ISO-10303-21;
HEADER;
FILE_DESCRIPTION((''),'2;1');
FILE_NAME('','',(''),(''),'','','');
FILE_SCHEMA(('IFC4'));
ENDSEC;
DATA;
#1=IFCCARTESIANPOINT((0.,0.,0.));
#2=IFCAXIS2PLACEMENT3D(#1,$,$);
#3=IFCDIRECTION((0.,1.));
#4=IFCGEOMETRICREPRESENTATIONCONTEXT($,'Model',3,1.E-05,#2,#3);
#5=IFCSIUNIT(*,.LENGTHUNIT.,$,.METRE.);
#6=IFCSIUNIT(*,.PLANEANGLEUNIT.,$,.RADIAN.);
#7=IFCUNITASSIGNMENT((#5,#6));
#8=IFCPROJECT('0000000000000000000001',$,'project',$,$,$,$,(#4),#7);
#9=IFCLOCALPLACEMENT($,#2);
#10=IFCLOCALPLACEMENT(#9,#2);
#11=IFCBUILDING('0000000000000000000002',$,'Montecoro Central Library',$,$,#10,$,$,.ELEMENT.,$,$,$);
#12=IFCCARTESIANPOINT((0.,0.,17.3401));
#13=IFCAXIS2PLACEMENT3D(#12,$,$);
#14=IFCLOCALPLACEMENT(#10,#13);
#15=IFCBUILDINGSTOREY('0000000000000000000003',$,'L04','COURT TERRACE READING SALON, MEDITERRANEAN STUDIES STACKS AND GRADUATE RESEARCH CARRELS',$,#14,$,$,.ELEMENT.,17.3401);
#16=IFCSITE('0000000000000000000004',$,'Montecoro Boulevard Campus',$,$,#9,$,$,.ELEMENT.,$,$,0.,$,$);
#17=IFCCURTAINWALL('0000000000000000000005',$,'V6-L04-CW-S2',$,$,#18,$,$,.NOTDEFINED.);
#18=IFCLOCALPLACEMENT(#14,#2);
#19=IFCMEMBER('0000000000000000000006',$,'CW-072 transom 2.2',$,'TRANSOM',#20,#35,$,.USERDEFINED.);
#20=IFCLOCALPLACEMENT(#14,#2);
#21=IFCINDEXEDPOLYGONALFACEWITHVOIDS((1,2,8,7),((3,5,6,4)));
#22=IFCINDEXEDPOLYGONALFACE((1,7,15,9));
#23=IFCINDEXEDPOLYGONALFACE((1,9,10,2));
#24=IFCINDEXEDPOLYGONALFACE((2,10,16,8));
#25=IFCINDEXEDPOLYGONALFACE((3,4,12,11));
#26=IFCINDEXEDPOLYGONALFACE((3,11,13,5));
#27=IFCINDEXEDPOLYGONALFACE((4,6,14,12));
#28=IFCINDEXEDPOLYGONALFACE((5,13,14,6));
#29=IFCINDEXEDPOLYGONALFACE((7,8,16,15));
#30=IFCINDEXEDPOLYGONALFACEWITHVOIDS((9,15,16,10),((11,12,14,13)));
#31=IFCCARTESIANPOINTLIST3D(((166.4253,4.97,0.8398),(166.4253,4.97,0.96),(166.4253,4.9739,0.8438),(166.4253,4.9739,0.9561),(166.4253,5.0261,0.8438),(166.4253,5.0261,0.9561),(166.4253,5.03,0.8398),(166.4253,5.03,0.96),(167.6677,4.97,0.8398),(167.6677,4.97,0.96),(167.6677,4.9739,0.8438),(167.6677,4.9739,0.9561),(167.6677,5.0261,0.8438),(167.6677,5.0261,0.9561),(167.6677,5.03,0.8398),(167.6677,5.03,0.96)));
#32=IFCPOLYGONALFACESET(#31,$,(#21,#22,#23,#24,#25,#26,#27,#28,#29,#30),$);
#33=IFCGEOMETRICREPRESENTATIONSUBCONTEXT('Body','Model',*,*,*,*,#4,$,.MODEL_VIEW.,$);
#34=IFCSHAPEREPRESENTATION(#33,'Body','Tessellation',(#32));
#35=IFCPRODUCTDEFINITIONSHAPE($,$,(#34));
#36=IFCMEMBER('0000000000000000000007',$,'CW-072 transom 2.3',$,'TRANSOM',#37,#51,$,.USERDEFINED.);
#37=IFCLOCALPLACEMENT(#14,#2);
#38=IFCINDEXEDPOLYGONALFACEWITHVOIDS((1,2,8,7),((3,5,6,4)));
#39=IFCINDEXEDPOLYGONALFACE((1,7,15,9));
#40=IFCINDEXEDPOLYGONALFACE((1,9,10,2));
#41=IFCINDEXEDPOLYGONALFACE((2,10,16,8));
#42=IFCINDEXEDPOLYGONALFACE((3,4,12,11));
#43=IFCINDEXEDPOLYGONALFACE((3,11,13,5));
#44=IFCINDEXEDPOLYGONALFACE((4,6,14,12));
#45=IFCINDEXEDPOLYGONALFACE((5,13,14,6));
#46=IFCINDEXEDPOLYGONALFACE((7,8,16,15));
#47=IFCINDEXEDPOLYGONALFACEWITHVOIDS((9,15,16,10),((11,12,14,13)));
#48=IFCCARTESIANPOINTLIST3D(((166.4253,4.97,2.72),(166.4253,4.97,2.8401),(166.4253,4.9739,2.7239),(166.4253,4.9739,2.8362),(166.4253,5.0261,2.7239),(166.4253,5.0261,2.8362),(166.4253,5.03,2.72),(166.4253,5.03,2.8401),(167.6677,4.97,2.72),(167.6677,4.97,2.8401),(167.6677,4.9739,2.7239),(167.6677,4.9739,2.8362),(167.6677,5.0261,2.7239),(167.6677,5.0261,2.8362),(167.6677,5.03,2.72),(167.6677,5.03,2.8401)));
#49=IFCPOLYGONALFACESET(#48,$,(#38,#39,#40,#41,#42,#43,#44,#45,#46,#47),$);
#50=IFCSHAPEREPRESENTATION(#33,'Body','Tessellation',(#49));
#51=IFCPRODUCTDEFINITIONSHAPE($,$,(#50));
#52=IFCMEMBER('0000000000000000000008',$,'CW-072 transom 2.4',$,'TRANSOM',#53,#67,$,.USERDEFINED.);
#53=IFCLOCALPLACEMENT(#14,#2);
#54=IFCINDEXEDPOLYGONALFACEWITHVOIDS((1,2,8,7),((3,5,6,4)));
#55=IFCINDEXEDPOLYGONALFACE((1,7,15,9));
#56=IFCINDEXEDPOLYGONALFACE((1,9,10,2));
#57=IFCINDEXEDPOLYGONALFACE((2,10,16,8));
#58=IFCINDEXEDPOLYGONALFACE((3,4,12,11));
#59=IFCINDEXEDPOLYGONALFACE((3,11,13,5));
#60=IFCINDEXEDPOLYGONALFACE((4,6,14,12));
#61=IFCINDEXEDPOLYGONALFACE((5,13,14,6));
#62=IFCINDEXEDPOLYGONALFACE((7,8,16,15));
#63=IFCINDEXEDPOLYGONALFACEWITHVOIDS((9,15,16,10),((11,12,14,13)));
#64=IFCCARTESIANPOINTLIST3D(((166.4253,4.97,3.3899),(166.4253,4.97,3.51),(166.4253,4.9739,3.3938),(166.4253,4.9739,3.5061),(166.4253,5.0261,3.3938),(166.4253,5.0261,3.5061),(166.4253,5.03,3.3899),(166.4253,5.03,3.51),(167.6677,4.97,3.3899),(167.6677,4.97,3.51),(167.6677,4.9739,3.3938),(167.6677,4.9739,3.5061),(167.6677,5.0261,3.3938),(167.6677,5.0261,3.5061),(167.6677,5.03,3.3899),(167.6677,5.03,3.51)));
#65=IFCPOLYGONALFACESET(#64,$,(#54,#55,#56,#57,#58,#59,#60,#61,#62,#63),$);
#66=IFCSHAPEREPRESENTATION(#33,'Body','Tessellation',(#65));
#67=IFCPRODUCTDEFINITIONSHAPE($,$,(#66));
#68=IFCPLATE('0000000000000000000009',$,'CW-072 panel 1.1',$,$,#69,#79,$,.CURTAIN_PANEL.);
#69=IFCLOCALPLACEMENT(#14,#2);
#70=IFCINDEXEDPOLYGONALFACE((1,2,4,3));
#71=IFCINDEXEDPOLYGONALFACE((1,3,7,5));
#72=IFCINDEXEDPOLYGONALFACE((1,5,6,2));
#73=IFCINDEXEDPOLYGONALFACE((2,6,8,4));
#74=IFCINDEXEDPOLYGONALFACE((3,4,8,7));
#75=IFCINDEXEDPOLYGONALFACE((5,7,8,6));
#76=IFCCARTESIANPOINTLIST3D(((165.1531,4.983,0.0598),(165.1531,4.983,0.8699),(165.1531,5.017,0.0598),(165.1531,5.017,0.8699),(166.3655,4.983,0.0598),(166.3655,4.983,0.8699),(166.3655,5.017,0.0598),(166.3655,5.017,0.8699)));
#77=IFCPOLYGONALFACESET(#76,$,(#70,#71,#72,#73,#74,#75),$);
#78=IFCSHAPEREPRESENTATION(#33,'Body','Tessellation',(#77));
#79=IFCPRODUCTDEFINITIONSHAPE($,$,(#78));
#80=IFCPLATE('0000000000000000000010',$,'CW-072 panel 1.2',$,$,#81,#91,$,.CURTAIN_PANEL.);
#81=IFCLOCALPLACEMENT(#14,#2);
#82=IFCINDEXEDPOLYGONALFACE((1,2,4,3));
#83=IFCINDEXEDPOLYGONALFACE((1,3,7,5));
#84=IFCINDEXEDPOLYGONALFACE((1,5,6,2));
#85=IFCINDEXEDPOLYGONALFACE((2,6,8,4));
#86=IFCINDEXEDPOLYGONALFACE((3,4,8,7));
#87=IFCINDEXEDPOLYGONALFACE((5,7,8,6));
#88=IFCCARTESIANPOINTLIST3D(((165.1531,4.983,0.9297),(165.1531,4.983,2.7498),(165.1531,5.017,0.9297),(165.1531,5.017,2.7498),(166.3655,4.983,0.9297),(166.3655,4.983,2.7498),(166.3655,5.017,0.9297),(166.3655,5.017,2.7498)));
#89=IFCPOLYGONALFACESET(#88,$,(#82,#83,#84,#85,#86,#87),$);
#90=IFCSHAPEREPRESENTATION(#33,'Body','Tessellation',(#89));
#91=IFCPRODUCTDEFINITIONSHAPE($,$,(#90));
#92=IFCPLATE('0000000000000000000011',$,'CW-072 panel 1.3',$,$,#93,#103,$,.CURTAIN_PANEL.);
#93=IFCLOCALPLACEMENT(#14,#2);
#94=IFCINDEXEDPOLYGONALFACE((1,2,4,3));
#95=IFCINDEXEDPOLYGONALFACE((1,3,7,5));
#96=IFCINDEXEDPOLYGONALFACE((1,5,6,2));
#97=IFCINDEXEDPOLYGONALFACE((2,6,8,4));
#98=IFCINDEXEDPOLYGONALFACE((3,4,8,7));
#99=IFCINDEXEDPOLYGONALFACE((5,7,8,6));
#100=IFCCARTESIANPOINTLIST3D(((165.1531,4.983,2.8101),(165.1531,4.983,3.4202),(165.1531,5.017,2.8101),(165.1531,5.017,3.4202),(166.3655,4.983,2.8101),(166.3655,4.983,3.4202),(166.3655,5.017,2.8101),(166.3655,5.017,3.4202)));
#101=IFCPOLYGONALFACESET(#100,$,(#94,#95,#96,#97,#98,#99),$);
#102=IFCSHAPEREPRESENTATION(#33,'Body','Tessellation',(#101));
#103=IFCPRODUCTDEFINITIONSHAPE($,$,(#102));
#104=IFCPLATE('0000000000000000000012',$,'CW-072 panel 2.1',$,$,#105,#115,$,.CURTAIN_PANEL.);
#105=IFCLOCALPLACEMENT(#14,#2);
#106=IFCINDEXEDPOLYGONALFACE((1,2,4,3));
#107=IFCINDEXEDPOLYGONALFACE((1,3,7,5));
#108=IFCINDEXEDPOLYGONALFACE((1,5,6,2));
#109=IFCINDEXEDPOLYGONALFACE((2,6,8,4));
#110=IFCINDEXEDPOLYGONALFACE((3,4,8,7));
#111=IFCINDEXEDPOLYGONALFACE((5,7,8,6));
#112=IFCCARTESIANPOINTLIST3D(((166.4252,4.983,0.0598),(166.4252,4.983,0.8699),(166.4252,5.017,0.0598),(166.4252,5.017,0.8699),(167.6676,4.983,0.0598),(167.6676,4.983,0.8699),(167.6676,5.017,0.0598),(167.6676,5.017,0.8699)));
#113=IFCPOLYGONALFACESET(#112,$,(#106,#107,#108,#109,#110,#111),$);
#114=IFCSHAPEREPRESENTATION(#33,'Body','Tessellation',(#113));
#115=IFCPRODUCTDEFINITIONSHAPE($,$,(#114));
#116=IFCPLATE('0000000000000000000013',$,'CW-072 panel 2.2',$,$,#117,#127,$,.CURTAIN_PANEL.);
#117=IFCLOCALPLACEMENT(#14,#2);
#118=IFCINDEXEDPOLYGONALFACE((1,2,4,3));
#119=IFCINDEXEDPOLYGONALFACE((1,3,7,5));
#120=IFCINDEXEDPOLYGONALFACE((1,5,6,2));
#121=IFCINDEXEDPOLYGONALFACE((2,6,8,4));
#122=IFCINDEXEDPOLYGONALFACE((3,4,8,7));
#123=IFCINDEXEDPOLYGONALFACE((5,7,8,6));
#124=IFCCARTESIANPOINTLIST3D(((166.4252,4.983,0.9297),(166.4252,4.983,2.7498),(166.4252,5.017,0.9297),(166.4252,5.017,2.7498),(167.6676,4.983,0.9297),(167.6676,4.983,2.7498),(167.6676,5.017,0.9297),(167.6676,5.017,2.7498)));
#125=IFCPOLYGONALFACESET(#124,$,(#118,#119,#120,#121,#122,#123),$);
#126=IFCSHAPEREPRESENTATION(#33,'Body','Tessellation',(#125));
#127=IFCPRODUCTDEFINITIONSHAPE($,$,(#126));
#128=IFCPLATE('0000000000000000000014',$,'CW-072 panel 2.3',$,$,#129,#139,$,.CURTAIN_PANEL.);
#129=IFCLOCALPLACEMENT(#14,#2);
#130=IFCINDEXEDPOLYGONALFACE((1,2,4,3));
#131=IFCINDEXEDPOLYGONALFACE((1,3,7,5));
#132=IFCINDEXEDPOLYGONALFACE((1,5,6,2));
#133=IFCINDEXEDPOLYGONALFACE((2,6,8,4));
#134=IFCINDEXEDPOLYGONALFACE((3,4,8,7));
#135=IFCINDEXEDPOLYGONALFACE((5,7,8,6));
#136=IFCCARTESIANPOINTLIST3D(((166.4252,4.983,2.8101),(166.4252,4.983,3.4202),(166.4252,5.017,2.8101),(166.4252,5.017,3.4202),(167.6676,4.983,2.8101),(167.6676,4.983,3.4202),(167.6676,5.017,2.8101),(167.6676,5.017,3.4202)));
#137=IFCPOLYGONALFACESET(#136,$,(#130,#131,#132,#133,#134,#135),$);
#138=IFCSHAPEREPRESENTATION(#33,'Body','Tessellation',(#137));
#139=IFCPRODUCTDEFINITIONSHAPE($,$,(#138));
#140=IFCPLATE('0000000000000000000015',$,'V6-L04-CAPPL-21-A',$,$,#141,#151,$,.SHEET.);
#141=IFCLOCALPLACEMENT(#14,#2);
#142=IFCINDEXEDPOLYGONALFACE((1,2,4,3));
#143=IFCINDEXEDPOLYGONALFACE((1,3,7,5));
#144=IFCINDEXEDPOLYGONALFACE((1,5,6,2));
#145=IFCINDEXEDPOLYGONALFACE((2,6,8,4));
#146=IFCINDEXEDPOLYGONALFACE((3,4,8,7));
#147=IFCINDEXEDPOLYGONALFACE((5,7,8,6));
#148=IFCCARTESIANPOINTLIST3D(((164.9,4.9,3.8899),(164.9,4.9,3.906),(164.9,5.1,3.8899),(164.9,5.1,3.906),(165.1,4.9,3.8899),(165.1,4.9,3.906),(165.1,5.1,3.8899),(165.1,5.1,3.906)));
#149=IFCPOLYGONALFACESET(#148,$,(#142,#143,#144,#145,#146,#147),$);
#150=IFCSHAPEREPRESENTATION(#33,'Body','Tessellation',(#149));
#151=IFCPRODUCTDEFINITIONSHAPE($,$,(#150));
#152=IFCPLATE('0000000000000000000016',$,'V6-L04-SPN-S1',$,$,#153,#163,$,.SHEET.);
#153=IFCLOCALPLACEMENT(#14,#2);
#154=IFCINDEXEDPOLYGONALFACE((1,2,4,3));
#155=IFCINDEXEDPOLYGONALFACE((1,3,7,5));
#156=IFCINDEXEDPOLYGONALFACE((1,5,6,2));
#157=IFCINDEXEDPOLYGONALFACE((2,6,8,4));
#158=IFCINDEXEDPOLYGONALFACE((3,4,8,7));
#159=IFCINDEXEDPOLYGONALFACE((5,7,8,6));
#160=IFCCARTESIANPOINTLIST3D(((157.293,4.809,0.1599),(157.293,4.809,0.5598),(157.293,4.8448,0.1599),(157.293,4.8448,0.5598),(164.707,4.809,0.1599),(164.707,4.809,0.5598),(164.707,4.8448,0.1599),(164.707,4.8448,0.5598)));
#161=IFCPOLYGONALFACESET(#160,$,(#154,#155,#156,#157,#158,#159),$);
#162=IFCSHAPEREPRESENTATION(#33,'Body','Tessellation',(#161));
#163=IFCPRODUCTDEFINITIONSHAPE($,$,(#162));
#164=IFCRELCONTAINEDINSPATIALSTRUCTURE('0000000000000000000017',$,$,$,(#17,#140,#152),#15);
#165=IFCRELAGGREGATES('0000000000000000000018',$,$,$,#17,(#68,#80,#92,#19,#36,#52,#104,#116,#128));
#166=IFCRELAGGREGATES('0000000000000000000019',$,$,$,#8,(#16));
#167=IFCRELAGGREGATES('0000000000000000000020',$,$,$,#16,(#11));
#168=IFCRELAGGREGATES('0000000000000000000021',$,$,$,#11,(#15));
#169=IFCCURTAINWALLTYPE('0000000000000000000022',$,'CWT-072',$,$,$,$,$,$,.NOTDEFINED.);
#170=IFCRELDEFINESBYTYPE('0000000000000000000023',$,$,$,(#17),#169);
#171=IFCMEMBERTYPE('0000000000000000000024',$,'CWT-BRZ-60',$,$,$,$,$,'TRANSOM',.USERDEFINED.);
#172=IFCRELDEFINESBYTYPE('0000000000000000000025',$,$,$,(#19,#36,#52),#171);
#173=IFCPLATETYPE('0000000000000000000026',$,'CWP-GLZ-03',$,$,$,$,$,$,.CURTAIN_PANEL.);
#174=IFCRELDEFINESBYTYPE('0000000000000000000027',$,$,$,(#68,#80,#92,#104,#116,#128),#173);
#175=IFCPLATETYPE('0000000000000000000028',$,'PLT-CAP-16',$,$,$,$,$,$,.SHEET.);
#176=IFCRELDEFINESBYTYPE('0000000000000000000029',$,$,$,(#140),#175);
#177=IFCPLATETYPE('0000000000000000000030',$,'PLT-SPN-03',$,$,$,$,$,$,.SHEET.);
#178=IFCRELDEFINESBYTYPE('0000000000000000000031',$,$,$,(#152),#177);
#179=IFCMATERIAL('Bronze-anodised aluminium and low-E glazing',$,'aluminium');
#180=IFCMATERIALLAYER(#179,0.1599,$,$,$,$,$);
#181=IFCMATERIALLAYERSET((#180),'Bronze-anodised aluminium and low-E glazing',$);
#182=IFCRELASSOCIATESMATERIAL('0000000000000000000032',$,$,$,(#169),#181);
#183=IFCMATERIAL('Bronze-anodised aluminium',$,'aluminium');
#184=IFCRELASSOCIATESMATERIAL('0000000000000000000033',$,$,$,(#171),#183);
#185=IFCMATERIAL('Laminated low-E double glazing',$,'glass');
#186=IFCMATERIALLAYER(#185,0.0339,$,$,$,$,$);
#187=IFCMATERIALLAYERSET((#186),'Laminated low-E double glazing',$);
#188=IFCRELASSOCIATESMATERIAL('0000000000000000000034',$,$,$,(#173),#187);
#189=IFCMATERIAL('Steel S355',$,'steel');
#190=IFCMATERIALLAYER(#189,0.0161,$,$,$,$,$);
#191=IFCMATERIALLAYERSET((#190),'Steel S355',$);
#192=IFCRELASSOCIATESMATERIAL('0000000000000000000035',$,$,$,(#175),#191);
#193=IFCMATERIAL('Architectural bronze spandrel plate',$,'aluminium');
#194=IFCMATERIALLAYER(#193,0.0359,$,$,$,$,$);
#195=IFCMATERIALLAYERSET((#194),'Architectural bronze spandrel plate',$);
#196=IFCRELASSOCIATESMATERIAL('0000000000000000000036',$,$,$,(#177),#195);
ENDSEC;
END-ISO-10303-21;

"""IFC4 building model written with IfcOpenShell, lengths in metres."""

from ifc_helpers import new_model, si_unit, direction, frame, origin, origin_2d, place, context, subcontext, project, spatial, rectangle, hollow_rectangle, extrude, material, layer, layer_set, material_profile, profile_set, type_object, element, aggregate, save


model = new_model("IFC4")

# Units and contexts
model_context = context("Model", 3, precision=1e-05, world=origin(), true_north=direction((0.0, 1.0)))
body_context = subcontext(model_context, "Body", "Model", "MODEL_VIEW")
ifc_project = project(units=[si_unit("LENGTHUNIT", "METRE"), si_unit("PLANEANGLEUNIT", "RADIAN")], contexts=[model_context])

# Site, building, storey
site_placement = place(None, origin())
site = spatial("IfcSite", under=ifc_project, at=site_placement, Name="Montecoro Boulevard Campus", CompositionType="ELEMENT", RefElevation=0.0)
building_placement = place(site_placement, origin())
building = spatial("IfcBuilding", under=site, at=building_placement, Name="Montecoro Central Library", CompositionType="ELEMENT")
storey_placement = place(building_placement, frame((0.0, 0.0, 17.3401)))
storey = spatial("IfcBuildingStorey", under=building, at=storey_placement, Name="L04", Description="COURT TERRACE READING SALON, MEDITERRANEAN STUDIES STACKS AND GRADUATE RESEARCH CARRELS", CompositionType="ELEMENT", Elevation=17.3401)

# Shared definitions
ifc_material_1 = material(Name="Steel S355", Category="steel")

# Curtain wall, members, plates
ifc_material_2 = material(Name="Bronze-anodised aluminium and low-E glazing", Category="aluminium")
ifc_layer_1 = layer(ifc_material_2, 0.1599)
ifc_layer_set_1 = layer_set([ifc_layer_1], Name="Bronze-anodised aluminium and low-E glazing")
curtain_wall_type = type_object("IfcCurtainWallType", Name="CWT-072", PredefinedType="NOTDEFINED", material=ifc_layer_set_1)
curtain_wall_placement = place(storey_placement, origin())
curtain_wall = element("IfcCurtainWall", 1, at=curtain_wall_placement, inside=storey, type_object=curtain_wall_type, Name="V6-L04-CW-S2", PredefinedType="NOTDEFINED")
ifc_material_3 = material(Name="Bronze-anodised aluminium", Category="aluminium")
ifc_material_profile_1 = material_profile(ifc_material_3, hollow_rectangle(XDim=0.0601, YDim=0.1201, WallThickness=0.0039, at=origin_2d()), Name="CWT 120x60x4.0")
ifc_profile_set_1 = profile_set([ifc_material_profile_1], Name="Bronze-anodised aluminium")
member_type_1 = type_object("IfcMemberType", Name="CWT-BRZ-60", ElementType="TRANSOM", PredefinedType="USERDEFINED", material=ifc_profile_set_1)
member_1_placement = place(storey_placement, frame((166.4253, 5.0, 0.8999), z_axis=(1.0, 0.0, 0.0), x_axis=(0.0, 1.0, 0.0)))
member_1 = element("IfcMember", 2, at=member_1_placement, type_object=member_type_1, Name="CW-072 transom 2.2", ObjectType="TRANSOM", PredefinedType="USERDEFINED", context=body_context, shape_type="SweptSolid", body=[
    extrude(hollow_rectangle(XDim=0.0601, YDim=0.1201, WallThickness=0.0039, at=origin_2d()), origin(), (0.0, 0.0, 1.0), 1.2424),
])
member_2_placement = place(storey_placement, frame((166.4253, 5.0, 2.78), z_axis=(1.0, 0.0, 0.0), x_axis=(0.0, 1.0, 0.0)))
member_2 = element("IfcMember", 3, at=member_2_placement, type_object=member_type_1, Name="CW-072 transom 2.3", ObjectType="TRANSOM", PredefinedType="USERDEFINED", context=body_context, shape_type="SweptSolid", body=[
    extrude(hollow_rectangle(XDim=0.0601, YDim=0.1201, WallThickness=0.0039, at=origin_2d()), origin(), (0.0, 0.0, 1.0), 1.2424),
])
member_3_placement = place(storey_placement, frame((166.4253, 5.0, 3.45), z_axis=(1.0, 0.0, 0.0), x_axis=(0.0, 1.0, 0.0)))
member_3 = element("IfcMember", 4, at=member_3_placement, type_object=member_type_1, Name="CW-072 transom 2.4", ObjectType="TRANSOM", PredefinedType="USERDEFINED", context=body_context, shape_type="SweptSolid", body=[
    extrude(hollow_rectangle(XDim=0.0601, YDim=0.1201, WallThickness=0.0039, at=origin_2d()), origin(), (0.0, 0.0, 1.0), 1.2424),
])
ifc_material_4 = material(Name="Laminated low-E double glazing", Category="glass")
ifc_layer_2 = layer(ifc_material_4, 0.0339)
ifc_layer_set_2 = layer_set([ifc_layer_2], Name="Laminated low-E double glazing")
plate_type_1 = type_object("IfcPlateType", Name="CWP-GLZ-03", PredefinedType="CURTAIN_PANEL", material=ifc_layer_set_2)
plate_1_placement = place(storey_placement, frame((165.7593, 5.0, 0.0598), z_axis=(0.0, 0.0, 1.0), x_axis=(1.0, 0.0, 0.0)))
plate_1 = element("IfcPlate", 5, at=plate_1_placement, type_object=plate_type_1, Name="CW-072 panel 1.1", PredefinedType="CURTAIN_PANEL", context=body_context, shape_type="SweptSolid", body=[
    extrude(rectangle(XDim=1.2124, YDim=0.0339, at=origin_2d()), origin(), (0.0, 0.0, 1.0), 0.8101),
])
plate_2_placement = place(storey_placement, frame((165.7593, 5.0, 0.9297), z_axis=(0.0, 0.0, 1.0), x_axis=(1.0, 0.0, 0.0)))
plate_2 = element("IfcPlate", 6, at=plate_2_placement, type_object=plate_type_1, Name="CW-072 panel 1.2", PredefinedType="CURTAIN_PANEL", context=body_context, shape_type="SweptSolid", body=[
    extrude(rectangle(XDim=1.2124, YDim=0.0339, at=origin_2d()), origin(), (0.0, 0.0, 1.0), 1.8201),
])
plate_3_placement = place(storey_placement, frame((165.7593, 5.0, 2.8101), z_axis=(0.0, 0.0, 1.0), x_axis=(1.0, 0.0, 0.0)))
plate_3 = element("IfcPlate", 7, at=plate_3_placement, type_object=plate_type_1, Name="CW-072 panel 1.3", PredefinedType="CURTAIN_PANEL", context=body_context, shape_type="SweptSolid", body=[
    extrude(rectangle(XDim=1.2124, YDim=0.0339, at=origin_2d()), origin(), (0.0, 0.0, 1.0), 0.6101),
])
plate_4_placement = place(storey_placement, frame((167.0464, 5.0, 0.0598), z_axis=(0.0, 0.0, 1.0), x_axis=(1.0, 0.0, 0.0)))
plate_4 = element("IfcPlate", 8, at=plate_4_placement, type_object=plate_type_1, Name="CW-072 panel 2.1", PredefinedType="CURTAIN_PANEL", context=body_context, shape_type="SweptSolid", body=[
    extrude(rectangle(XDim=1.2424, YDim=0.0339, at=origin_2d()), origin(), (0.0, 0.0, 1.0), 0.8101),
])
plate_5_placement = place(storey_placement, frame((167.0464, 5.0, 0.9297), z_axis=(0.0, 0.0, 1.0), x_axis=(1.0, 0.0, 0.0)))
plate_5 = element("IfcPlate", 9, at=plate_5_placement, type_object=plate_type_1, Name="CW-072 panel 2.2", PredefinedType="CURTAIN_PANEL", context=body_context, shape_type="SweptSolid", body=[
    extrude(rectangle(XDim=1.2424, YDim=0.0339, at=origin_2d()), origin(), (0.0, 0.0, 1.0), 1.8201),
])
plate_6_placement = place(storey_placement, frame((167.0464, 5.0, 2.8101), z_axis=(0.0, 0.0, 1.0), x_axis=(1.0, 0.0, 0.0)))
plate_6 = element("IfcPlate", 10, at=plate_6_placement, type_object=plate_type_1, Name="CW-072 panel 2.3", PredefinedType="CURTAIN_PANEL", context=body_context, shape_type="SweptSolid", body=[
    extrude(rectangle(XDim=1.2424, YDim=0.0339, at=origin_2d()), origin(), (0.0, 0.0, 1.0), 0.6101),
])
aggregate(curtain_wall, [plate_1, plate_2, plate_3, member_1, member_2, member_3, plate_4, plate_5, plate_6])

# Plates
ifc_layer_3 = layer(ifc_material_1, 0.0161)
ifc_layer_set_3 = layer_set([ifc_layer_3], Name="Steel S355")
plate_type_2 = type_object("IfcPlateType", Name="PLT-CAP-16", PredefinedType="SHEET", material=ifc_layer_set_3)
plate_7_placement = place(storey_placement, frame((165.0, 5.0, 3.8899), z_axis=(0.0, 0.0, 1.0), x_axis=(1.0, 0.0, 0.0)))
element("IfcPlate", 11, at=plate_7_placement, inside=storey, type_object=plate_type_2, Name="V6-L04-CAPPL-21-A", PredefinedType="SHEET", context=body_context, shape_type="SweptSolid", body=[
    extrude(rectangle(XDim=0.2, YDim=0.2, at=origin_2d()), origin(), (0.0, 0.0, 1.0), 0.0161),
])
ifc_material_5 = material(Name="Architectural bronze spandrel plate", Category="aluminium")
ifc_layer_4 = layer(ifc_material_5, 0.0359)
ifc_layer_set_4 = layer_set([ifc_layer_4], Name="Architectural bronze spandrel plate")
plate_type_3 = type_object("IfcPlateType", Name="PLT-SPN-03", PredefinedType="SHEET", material=ifc_layer_set_4)
plate_8_placement = place(storey_placement, frame((161.0, 4.8269, 0.1599), z_axis=(0.0, 0.0, 1.0), x_axis=(1.0, 0.0, 0.0)))
element("IfcPlate", 12, at=plate_8_placement, inside=storey, type_object=plate_type_3, Name="V6-L04-SPN-S1", PredefinedType="SHEET", context=body_context, shape_type="SweptSolid", body=[
    extrude(rectangle(XDim=7.4141, YDim=0.0359, at=origin_2d()), origin(), (0.0, 0.0, 1.0), 0.3999),
])

save(model, "model.ifc")
